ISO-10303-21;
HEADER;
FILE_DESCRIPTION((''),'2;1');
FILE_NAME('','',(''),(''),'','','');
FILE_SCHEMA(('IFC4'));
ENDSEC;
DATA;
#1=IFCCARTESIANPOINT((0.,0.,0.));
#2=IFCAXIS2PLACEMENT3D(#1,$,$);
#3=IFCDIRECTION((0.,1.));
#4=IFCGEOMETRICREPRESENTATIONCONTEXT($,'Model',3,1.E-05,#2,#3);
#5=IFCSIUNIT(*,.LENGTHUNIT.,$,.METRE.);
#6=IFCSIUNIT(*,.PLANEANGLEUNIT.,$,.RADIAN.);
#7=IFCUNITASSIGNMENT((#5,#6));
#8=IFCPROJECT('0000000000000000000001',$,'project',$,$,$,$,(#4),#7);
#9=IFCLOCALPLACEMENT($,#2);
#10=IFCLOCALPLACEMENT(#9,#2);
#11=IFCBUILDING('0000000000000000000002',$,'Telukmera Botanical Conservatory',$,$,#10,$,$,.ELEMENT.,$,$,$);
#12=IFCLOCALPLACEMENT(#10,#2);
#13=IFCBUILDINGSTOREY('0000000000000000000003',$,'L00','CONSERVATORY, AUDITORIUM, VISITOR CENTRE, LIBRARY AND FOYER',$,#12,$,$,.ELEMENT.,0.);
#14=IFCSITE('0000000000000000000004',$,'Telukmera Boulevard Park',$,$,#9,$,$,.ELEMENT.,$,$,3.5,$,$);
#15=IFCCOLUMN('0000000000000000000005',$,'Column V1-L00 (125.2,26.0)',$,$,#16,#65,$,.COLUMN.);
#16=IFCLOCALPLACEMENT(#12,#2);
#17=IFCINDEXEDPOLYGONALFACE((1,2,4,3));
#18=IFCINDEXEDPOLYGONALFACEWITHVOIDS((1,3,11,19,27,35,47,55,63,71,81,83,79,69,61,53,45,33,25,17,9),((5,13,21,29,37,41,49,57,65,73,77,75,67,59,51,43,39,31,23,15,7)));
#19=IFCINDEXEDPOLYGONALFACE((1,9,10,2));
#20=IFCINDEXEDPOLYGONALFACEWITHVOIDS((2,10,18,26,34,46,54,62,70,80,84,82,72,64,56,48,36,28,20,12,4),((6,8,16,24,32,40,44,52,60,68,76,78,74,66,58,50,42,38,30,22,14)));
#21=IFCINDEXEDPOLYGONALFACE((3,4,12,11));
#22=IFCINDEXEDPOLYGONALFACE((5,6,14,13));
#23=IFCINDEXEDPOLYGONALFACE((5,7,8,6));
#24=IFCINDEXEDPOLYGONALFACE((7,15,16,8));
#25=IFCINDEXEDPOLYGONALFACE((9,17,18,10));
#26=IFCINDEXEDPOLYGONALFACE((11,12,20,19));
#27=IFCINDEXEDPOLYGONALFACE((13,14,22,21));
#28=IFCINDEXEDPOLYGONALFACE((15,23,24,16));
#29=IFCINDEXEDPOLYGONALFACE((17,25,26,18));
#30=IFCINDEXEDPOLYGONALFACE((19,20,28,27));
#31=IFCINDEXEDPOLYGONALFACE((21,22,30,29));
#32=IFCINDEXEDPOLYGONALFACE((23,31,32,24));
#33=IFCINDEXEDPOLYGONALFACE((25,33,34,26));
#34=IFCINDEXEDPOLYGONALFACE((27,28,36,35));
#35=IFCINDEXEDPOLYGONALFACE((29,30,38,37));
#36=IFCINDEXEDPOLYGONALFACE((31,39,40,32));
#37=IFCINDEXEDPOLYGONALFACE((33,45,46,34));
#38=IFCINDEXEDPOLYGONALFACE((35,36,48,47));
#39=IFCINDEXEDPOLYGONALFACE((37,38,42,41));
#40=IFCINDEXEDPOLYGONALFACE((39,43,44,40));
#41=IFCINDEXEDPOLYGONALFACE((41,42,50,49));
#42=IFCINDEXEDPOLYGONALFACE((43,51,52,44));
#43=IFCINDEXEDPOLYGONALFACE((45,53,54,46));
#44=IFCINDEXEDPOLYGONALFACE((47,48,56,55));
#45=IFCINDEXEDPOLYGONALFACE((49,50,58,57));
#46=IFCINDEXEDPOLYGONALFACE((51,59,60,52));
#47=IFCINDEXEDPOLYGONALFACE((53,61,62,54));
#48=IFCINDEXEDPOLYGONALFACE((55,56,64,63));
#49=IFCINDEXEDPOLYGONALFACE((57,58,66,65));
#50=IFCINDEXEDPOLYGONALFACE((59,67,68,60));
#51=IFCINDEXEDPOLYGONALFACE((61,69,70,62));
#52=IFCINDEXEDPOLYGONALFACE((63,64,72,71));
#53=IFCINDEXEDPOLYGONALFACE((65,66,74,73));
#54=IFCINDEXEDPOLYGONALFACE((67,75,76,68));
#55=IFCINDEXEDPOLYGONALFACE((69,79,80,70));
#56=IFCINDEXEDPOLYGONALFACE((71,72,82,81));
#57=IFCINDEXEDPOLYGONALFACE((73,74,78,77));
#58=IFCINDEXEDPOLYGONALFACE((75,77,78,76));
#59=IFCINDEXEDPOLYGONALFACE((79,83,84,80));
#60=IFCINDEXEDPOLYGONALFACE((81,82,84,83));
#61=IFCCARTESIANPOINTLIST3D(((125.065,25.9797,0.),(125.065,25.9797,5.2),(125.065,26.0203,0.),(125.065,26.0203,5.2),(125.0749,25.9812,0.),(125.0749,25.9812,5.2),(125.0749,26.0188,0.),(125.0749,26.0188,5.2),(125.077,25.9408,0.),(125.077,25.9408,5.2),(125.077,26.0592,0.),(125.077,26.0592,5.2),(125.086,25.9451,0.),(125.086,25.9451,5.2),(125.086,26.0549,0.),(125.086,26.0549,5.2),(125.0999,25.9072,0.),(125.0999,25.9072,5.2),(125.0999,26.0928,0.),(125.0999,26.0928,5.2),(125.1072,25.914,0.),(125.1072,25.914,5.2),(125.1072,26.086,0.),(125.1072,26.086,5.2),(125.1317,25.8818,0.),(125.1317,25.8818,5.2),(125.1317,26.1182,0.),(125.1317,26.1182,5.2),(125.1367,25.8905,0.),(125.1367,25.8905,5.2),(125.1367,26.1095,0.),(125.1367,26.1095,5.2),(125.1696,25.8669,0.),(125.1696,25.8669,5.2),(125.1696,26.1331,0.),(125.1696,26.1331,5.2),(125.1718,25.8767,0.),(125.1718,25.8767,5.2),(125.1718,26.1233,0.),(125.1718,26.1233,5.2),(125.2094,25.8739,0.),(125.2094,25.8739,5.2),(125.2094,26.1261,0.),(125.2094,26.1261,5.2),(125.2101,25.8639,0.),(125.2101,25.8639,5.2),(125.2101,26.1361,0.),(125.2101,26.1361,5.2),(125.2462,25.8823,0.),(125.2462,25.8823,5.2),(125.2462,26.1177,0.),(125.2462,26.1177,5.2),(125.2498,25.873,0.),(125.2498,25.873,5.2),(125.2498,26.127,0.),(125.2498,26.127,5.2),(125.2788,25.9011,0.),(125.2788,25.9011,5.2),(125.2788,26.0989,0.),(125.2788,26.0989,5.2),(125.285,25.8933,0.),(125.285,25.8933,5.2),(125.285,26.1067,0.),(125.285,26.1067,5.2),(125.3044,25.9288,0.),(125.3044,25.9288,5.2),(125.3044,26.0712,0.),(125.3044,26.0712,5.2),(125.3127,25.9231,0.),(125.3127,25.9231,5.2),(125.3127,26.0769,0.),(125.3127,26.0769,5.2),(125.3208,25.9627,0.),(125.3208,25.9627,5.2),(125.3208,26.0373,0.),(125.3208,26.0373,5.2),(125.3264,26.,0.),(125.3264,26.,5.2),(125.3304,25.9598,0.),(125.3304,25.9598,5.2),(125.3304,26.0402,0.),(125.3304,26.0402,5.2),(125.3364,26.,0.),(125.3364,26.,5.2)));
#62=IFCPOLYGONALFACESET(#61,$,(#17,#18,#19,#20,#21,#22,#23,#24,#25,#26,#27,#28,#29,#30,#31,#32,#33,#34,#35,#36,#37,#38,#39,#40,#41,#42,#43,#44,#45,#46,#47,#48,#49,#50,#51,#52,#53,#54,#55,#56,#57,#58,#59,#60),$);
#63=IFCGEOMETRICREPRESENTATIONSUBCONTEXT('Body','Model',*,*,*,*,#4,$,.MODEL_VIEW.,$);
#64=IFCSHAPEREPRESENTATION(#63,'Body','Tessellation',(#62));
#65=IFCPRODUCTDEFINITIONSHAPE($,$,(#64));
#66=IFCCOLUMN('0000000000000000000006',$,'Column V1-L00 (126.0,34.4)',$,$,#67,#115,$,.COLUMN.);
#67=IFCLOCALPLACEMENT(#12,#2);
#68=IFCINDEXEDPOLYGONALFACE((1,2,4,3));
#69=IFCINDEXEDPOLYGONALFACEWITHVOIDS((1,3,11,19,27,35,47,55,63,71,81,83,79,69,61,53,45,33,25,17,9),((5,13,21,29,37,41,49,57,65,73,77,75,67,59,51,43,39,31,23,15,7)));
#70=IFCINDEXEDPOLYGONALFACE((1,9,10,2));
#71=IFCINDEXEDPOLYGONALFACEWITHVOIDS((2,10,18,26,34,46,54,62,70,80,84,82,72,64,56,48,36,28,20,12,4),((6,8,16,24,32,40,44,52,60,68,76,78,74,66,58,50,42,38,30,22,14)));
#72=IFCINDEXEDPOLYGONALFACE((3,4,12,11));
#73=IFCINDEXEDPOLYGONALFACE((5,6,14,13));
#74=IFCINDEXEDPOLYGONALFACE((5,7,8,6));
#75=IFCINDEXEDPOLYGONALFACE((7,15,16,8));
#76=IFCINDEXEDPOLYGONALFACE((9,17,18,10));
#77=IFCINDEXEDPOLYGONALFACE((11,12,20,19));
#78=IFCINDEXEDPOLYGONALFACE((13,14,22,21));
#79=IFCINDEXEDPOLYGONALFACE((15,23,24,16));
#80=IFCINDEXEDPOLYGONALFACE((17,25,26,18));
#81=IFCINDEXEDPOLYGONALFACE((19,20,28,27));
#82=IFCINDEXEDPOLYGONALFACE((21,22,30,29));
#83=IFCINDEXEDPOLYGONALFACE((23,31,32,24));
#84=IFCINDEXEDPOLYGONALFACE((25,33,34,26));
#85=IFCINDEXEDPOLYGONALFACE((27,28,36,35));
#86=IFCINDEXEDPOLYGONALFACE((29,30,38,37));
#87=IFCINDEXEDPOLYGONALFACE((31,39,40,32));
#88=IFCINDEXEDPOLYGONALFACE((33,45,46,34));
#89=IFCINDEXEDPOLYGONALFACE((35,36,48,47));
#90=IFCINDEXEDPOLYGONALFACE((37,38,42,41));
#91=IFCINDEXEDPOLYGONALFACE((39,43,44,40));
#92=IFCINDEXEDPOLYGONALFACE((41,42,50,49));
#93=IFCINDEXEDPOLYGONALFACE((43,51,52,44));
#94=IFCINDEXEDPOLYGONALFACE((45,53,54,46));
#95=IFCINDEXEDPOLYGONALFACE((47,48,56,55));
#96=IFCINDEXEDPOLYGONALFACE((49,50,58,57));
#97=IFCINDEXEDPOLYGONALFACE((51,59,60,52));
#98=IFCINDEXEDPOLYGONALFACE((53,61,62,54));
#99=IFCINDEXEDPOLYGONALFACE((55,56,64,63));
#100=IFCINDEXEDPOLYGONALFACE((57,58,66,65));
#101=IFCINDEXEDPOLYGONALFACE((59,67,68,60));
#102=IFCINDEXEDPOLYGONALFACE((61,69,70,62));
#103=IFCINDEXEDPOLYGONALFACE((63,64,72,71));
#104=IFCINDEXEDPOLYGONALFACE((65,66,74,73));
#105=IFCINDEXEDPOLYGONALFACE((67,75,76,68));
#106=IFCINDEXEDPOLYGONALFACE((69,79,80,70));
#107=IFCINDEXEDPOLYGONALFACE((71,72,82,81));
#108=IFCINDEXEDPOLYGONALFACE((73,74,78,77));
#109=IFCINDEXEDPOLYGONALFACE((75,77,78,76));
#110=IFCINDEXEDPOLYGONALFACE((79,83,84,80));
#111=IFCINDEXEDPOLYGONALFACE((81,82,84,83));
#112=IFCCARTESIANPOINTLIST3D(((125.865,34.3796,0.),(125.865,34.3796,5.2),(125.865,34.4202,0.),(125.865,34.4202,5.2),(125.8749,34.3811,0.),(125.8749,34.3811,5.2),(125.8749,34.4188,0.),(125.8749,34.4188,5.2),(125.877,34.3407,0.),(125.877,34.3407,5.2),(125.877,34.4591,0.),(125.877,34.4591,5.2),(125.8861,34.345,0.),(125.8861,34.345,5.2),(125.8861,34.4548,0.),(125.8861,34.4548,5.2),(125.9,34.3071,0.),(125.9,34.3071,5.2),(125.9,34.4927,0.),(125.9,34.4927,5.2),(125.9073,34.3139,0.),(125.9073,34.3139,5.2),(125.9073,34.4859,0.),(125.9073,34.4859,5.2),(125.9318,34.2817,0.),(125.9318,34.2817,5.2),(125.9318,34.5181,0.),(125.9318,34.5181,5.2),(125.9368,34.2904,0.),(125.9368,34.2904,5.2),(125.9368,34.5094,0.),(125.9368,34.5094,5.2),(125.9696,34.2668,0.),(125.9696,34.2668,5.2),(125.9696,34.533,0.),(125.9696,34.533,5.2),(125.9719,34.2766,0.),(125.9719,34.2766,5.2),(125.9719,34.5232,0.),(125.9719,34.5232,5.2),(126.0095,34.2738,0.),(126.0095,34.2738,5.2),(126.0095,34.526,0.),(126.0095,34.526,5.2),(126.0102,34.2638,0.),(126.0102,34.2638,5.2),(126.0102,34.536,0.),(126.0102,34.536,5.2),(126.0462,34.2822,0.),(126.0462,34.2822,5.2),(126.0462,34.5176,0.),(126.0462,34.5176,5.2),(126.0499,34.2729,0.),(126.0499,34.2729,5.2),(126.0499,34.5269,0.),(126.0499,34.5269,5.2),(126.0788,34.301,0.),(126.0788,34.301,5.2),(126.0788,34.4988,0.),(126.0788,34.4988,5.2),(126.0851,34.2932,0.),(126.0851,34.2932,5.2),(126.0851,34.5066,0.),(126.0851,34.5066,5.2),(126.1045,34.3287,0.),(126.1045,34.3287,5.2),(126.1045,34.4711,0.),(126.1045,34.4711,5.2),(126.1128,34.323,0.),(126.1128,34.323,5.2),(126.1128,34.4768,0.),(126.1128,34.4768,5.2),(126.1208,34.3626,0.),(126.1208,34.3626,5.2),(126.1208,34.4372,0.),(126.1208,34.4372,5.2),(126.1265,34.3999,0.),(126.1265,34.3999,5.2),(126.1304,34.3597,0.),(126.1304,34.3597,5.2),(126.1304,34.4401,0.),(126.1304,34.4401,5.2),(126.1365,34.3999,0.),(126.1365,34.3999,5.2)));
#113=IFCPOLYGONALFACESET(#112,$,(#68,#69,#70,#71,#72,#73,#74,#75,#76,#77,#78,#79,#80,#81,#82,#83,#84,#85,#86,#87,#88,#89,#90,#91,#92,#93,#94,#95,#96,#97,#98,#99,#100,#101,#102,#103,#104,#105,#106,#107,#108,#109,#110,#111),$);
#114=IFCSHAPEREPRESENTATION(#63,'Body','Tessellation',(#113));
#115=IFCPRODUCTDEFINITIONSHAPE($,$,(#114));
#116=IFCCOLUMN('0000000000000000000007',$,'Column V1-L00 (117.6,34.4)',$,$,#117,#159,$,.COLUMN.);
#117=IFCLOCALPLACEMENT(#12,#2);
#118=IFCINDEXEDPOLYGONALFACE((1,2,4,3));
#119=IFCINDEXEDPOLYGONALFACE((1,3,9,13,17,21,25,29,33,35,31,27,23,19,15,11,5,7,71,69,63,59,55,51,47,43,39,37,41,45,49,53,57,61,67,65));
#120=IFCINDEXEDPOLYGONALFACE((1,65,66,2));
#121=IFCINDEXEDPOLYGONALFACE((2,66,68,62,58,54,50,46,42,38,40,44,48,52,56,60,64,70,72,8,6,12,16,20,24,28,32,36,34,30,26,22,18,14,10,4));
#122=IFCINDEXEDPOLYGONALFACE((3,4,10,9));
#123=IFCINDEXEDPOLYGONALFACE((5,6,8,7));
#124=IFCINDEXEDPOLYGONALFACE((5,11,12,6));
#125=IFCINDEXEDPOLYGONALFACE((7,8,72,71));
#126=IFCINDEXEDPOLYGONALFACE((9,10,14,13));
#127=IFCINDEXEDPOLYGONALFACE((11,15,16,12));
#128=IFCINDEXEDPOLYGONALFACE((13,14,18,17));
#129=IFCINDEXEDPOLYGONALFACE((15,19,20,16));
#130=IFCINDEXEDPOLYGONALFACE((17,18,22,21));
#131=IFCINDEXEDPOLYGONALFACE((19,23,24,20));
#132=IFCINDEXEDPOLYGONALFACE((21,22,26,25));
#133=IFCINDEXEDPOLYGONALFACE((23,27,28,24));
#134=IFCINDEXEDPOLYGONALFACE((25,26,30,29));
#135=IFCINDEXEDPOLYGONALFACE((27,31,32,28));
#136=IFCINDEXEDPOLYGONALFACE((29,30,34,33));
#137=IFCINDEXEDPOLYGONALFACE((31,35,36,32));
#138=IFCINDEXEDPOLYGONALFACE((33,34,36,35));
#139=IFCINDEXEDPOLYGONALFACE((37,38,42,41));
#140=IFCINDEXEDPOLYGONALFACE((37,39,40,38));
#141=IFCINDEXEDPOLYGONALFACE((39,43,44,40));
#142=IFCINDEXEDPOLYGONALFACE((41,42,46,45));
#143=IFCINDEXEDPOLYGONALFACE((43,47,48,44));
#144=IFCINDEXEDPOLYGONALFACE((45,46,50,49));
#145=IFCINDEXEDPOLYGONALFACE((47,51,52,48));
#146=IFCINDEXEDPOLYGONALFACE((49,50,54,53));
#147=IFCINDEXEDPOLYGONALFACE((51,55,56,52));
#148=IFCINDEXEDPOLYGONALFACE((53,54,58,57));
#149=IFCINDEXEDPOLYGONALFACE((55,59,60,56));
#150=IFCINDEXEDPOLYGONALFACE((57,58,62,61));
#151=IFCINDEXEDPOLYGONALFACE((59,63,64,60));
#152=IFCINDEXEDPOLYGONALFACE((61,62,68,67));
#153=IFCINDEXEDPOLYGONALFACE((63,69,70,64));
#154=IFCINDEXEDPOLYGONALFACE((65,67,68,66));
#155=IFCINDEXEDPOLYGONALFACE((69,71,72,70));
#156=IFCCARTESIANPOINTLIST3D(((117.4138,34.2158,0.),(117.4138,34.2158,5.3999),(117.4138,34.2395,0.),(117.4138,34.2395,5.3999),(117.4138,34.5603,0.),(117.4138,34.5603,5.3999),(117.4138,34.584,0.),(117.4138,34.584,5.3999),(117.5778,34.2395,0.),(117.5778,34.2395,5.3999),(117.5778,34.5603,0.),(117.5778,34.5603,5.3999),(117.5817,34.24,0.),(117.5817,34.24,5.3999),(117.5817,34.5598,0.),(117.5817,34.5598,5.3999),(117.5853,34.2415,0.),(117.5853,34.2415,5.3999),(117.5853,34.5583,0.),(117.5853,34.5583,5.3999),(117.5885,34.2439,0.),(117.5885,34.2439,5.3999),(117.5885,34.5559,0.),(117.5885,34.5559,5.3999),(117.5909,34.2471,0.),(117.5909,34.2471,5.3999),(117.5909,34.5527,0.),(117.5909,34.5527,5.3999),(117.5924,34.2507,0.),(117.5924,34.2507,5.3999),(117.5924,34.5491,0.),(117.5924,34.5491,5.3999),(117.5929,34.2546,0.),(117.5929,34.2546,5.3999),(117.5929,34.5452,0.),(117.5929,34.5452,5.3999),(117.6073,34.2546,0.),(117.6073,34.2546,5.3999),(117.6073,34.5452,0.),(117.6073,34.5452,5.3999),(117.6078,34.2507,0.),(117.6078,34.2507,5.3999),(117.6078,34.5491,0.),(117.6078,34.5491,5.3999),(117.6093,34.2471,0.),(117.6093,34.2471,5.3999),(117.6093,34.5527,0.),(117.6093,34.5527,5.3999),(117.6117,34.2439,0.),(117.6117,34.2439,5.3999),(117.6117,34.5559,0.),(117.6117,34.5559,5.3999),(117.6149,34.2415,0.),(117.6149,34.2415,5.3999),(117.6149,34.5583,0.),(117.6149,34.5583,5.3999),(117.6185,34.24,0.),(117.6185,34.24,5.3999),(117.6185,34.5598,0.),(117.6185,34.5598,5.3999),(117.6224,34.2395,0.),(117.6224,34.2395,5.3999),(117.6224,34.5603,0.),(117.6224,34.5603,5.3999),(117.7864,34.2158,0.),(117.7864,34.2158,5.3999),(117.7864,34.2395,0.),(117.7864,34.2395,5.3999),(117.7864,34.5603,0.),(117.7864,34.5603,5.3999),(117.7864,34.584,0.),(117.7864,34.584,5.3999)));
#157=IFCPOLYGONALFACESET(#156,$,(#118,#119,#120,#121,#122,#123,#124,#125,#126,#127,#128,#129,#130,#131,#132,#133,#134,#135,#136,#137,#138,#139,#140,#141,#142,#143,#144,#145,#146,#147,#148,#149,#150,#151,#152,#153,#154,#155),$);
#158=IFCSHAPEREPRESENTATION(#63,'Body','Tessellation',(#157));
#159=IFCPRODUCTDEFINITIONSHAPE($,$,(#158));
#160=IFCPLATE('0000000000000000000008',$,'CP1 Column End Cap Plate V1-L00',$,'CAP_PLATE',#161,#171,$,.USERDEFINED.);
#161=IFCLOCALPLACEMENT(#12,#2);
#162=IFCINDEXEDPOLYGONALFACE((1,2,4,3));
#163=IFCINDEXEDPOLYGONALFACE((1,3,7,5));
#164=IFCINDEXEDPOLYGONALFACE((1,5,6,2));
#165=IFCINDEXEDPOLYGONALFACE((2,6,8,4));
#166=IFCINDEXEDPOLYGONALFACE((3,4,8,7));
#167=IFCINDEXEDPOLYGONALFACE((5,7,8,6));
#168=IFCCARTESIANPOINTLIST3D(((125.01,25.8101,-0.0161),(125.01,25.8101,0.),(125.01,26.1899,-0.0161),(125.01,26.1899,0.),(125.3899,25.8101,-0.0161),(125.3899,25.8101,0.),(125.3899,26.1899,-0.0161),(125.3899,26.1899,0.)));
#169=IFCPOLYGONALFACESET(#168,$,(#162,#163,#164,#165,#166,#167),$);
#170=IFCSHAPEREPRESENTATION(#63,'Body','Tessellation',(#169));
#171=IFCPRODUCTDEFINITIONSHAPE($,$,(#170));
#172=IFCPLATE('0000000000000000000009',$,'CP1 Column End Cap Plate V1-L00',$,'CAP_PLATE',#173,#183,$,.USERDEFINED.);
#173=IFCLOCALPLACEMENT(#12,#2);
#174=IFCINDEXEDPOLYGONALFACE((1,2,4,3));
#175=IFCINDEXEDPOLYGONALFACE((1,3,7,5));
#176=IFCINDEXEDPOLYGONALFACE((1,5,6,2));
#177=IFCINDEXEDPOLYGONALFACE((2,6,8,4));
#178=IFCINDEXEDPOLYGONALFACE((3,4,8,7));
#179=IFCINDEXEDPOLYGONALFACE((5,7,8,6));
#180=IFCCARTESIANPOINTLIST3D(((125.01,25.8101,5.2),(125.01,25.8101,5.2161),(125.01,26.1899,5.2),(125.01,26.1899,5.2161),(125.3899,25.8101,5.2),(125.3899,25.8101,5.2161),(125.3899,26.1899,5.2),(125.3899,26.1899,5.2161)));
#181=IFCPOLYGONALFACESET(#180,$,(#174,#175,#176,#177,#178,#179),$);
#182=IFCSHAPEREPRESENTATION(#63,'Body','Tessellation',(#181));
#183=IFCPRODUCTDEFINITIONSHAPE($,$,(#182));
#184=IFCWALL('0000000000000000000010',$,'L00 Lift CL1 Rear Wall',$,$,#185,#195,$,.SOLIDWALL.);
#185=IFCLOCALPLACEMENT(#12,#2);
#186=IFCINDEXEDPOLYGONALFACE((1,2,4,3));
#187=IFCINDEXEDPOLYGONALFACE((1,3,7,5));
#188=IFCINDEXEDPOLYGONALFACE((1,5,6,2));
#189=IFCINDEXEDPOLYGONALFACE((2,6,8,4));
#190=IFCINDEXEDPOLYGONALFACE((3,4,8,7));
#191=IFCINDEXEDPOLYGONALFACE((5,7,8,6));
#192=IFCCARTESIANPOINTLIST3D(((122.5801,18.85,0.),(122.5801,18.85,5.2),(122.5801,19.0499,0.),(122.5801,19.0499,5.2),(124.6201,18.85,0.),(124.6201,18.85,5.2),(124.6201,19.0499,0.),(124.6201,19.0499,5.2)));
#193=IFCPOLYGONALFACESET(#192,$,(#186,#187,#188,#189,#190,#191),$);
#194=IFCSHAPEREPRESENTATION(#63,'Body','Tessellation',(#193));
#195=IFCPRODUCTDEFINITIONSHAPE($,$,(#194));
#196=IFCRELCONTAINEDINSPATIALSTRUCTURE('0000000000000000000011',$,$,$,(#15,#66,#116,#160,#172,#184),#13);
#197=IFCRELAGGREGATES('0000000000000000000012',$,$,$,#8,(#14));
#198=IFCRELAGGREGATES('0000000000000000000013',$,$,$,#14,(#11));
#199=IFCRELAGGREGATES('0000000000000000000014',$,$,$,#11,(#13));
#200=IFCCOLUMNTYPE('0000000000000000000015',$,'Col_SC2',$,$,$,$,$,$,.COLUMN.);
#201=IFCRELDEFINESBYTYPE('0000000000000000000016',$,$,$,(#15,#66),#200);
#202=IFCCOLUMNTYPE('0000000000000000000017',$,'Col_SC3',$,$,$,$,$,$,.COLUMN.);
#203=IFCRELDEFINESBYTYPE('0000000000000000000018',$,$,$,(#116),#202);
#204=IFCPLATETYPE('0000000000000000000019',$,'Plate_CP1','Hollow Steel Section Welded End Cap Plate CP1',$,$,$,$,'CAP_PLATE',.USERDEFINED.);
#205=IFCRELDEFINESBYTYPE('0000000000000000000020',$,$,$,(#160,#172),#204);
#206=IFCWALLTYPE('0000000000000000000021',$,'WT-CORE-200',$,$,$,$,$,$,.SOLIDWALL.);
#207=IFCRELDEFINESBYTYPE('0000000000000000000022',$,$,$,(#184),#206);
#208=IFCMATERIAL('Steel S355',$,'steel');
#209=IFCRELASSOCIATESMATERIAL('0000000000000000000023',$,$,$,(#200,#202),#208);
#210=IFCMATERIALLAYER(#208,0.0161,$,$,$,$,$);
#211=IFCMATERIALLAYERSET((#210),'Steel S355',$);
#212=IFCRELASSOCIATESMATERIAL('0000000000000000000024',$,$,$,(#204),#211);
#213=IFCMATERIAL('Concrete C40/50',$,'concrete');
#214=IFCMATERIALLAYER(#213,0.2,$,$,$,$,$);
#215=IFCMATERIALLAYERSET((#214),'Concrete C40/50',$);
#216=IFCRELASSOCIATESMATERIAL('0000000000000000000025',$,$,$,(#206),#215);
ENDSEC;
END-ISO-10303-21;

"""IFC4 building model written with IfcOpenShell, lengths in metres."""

from ifc_helpers import new_model, si_unit, direction, frame, frame_2d, origin, origin_2d, place, context, subcontext, project, spatial, rectangle, hollow_circle, i_section, extrude, material, layer, layer_set, material_profile, profile_set, type_object, element, save


model = new_model("IFC4")

# Units and contexts
model_context = context("Model", 3, precision=1e-05, world=origin(), true_north=direction((0.0, 1.0)))
body_context = subcontext(model_context, "Body", "Model", "MODEL_VIEW")
ifc_project = project(units=[si_unit("LENGTHUNIT", "METRE"), si_unit("PLANEANGLEUNIT", "RADIAN")], contexts=[model_context])

# Site, building, storey
site_placement = place(None, origin())
site = spatial("IfcSite", under=ifc_project, at=site_placement, Name="Telukmera Boulevard Park", CompositionType="ELEMENT", RefElevation=3.5)
building_placement = place(site_placement, origin())
building = spatial("IfcBuilding", under=site, at=building_placement, Name="Telukmera Botanical Conservatory", CompositionType="ELEMENT")
storey_placement = place(building_placement, origin())
storey = spatial("IfcBuildingStorey", under=building, at=storey_placement, Name="L00", Description="CONSERVATORY, AUDITORIUM, VISITOR CENTRE, LIBRARY AND FOYER", CompositionType="ELEMENT", Elevation=0.0)

# Columns
ifc_material_1 = material(Name="Steel S355", Category="steel")
ifc_material_profile_1 = material_profile(ifc_material_1, hollow_circle(Radius=0.1365, WallThickness=0.01, at=origin_2d()), Name="CHS 273.0x10.0")
ifc_profile_set_1 = profile_set([ifc_material_profile_1], Name="Steel S355")
column_type_1 = type_object("IfcColumnType", Name="Col_SC2", PredefinedType="COLUMN", material=ifc_profile_set_1)
for number, where, z_axis, x_axis, name in (
    (1, (125.2, 26.0, 0.0), (0.0, 0.0, 1.0), (1.0, 0.0, 0.0), "Column V1-L00 (125.2,26.0)"),
    (2, (126.0, 34.3999, 0.0), (0.0, 0.0, 1.0), (1.0, 0.0, 0.0), "Column V1-L00 (126.0,34.4)"),
):
    element("IfcColumn", number, at=place(storey_placement, frame(where, z_axis=z_axis, x_axis=x_axis)), inside=storey, type_object=column_type_1, Name=name, PredefinedType="COLUMN", context=body_context, shape_type="SweptSolid", body=[
        extrude(hollow_circle(Radius=0.1365, WallThickness=0.01, at=origin_2d()), origin(), (0.0, 0.0, 1.0), 5.2),
    ])
ifc_material_profile_2 = material_profile(ifc_material_1, i_section(OverallWidth=0.3726, OverallDepth=0.3682, WebThickness=0.0144, FlangeThickness=0.0237, FilletRadius=0.0151, at=origin_2d()), Name="UC 356x368x177")
ifc_profile_set_2 = profile_set([ifc_material_profile_2], Name="Steel S355")
column_type_2 = type_object("IfcColumnType", Name="Col_SC3", PredefinedType="COLUMN", material=ifc_profile_set_2)
column_placement = place(storey_placement, frame((117.6001, 34.3999, 0.0), z_axis=(0.0, 0.0, 1.0), x_axis=(1.0, 0.0, 0.0)))
element("IfcColumn", 3, at=column_placement, inside=storey, type_object=column_type_2, Name="Column V1-L00 (117.6,34.4)", PredefinedType="COLUMN", context=body_context, shape_type="SweptSolid", body=[
    extrude(i_section(OverallWidth=0.3726, OverallDepth=0.3682, WebThickness=0.0144, FlangeThickness=0.0237, FilletRadius=0.0151, at=origin_2d()), origin(), (0.0, 0.0, 1.0), 5.3999),
])

# Plates
ifc_layer_1 = layer(ifc_material_1, 0.0161)
ifc_layer_set_1 = layer_set([ifc_layer_1], Name="Steel S355")
plate_type = type_object("IfcPlateType", Name="Plate_CP1", Description="Hollow Steel Section Welded End Cap Plate CP1", ElementType="CAP_PLATE", PredefinedType="USERDEFINED", material=ifc_layer_set_1)
for number, where, z_axis, x_axis, name in (
    (4, (125.2, 26.0, -0.0161), (0.0, 0.0, 1.0), (1.0, 0.0, 0.0), "CP1 Column End Cap Plate V1-L00"),
    (5, (125.2, 26.0, 5.2), (0.0, 0.0, 1.0), (1.0, 0.0, 0.0), "CP1 Column End Cap Plate V1-L00"),
):
    element("IfcPlate", number, at=place(storey_placement, frame(where, z_axis=z_axis, x_axis=x_axis)), inside=storey, type_object=plate_type, Name=name, ObjectType="CAP_PLATE", PredefinedType="USERDEFINED", context=body_context, shape_type="SweptSolid", body=[
        extrude(rectangle(XDim=0.3799, YDim=0.3799, at=origin_2d()), origin(), (0.0, 0.0, 1.0), 0.0161),
    ])

# Shared definitions
ifc_material_2 = material(Name="Concrete C40/50", Category="concrete")
ifc_layer_2 = layer(ifc_material_2, 0.2)
ifc_layer_set_2 = layer_set([ifc_layer_2], Name="Concrete C40/50")
wall_type_1 = type_object("IfcWallType", Name="WT-CORE-200", PredefinedType="SOLIDWALL", material=ifc_layer_set_2)

# Wall
wall_1_placement = place(storey_placement, frame((122.5801, 18.95, 0.0), z_axis=(0.0, 0.0, 1.0), x_axis=(1.0, 0.0, 0.0)))
element("IfcWall", 6, at=wall_1_placement, inside=storey, type_object=wall_type_1, Name="L00 Lift CL1 Rear Wall", PredefinedType="SOLIDWALL", context=body_context, shape_type="SweptSolid", body=[
    extrude(rectangle(XDim=2.04, YDim=0.2, at=frame_2d((1.02, 0.0))), origin(), (0.0, 0.0, 1.0), 5.2),
])

save(model, "model.ifc")
